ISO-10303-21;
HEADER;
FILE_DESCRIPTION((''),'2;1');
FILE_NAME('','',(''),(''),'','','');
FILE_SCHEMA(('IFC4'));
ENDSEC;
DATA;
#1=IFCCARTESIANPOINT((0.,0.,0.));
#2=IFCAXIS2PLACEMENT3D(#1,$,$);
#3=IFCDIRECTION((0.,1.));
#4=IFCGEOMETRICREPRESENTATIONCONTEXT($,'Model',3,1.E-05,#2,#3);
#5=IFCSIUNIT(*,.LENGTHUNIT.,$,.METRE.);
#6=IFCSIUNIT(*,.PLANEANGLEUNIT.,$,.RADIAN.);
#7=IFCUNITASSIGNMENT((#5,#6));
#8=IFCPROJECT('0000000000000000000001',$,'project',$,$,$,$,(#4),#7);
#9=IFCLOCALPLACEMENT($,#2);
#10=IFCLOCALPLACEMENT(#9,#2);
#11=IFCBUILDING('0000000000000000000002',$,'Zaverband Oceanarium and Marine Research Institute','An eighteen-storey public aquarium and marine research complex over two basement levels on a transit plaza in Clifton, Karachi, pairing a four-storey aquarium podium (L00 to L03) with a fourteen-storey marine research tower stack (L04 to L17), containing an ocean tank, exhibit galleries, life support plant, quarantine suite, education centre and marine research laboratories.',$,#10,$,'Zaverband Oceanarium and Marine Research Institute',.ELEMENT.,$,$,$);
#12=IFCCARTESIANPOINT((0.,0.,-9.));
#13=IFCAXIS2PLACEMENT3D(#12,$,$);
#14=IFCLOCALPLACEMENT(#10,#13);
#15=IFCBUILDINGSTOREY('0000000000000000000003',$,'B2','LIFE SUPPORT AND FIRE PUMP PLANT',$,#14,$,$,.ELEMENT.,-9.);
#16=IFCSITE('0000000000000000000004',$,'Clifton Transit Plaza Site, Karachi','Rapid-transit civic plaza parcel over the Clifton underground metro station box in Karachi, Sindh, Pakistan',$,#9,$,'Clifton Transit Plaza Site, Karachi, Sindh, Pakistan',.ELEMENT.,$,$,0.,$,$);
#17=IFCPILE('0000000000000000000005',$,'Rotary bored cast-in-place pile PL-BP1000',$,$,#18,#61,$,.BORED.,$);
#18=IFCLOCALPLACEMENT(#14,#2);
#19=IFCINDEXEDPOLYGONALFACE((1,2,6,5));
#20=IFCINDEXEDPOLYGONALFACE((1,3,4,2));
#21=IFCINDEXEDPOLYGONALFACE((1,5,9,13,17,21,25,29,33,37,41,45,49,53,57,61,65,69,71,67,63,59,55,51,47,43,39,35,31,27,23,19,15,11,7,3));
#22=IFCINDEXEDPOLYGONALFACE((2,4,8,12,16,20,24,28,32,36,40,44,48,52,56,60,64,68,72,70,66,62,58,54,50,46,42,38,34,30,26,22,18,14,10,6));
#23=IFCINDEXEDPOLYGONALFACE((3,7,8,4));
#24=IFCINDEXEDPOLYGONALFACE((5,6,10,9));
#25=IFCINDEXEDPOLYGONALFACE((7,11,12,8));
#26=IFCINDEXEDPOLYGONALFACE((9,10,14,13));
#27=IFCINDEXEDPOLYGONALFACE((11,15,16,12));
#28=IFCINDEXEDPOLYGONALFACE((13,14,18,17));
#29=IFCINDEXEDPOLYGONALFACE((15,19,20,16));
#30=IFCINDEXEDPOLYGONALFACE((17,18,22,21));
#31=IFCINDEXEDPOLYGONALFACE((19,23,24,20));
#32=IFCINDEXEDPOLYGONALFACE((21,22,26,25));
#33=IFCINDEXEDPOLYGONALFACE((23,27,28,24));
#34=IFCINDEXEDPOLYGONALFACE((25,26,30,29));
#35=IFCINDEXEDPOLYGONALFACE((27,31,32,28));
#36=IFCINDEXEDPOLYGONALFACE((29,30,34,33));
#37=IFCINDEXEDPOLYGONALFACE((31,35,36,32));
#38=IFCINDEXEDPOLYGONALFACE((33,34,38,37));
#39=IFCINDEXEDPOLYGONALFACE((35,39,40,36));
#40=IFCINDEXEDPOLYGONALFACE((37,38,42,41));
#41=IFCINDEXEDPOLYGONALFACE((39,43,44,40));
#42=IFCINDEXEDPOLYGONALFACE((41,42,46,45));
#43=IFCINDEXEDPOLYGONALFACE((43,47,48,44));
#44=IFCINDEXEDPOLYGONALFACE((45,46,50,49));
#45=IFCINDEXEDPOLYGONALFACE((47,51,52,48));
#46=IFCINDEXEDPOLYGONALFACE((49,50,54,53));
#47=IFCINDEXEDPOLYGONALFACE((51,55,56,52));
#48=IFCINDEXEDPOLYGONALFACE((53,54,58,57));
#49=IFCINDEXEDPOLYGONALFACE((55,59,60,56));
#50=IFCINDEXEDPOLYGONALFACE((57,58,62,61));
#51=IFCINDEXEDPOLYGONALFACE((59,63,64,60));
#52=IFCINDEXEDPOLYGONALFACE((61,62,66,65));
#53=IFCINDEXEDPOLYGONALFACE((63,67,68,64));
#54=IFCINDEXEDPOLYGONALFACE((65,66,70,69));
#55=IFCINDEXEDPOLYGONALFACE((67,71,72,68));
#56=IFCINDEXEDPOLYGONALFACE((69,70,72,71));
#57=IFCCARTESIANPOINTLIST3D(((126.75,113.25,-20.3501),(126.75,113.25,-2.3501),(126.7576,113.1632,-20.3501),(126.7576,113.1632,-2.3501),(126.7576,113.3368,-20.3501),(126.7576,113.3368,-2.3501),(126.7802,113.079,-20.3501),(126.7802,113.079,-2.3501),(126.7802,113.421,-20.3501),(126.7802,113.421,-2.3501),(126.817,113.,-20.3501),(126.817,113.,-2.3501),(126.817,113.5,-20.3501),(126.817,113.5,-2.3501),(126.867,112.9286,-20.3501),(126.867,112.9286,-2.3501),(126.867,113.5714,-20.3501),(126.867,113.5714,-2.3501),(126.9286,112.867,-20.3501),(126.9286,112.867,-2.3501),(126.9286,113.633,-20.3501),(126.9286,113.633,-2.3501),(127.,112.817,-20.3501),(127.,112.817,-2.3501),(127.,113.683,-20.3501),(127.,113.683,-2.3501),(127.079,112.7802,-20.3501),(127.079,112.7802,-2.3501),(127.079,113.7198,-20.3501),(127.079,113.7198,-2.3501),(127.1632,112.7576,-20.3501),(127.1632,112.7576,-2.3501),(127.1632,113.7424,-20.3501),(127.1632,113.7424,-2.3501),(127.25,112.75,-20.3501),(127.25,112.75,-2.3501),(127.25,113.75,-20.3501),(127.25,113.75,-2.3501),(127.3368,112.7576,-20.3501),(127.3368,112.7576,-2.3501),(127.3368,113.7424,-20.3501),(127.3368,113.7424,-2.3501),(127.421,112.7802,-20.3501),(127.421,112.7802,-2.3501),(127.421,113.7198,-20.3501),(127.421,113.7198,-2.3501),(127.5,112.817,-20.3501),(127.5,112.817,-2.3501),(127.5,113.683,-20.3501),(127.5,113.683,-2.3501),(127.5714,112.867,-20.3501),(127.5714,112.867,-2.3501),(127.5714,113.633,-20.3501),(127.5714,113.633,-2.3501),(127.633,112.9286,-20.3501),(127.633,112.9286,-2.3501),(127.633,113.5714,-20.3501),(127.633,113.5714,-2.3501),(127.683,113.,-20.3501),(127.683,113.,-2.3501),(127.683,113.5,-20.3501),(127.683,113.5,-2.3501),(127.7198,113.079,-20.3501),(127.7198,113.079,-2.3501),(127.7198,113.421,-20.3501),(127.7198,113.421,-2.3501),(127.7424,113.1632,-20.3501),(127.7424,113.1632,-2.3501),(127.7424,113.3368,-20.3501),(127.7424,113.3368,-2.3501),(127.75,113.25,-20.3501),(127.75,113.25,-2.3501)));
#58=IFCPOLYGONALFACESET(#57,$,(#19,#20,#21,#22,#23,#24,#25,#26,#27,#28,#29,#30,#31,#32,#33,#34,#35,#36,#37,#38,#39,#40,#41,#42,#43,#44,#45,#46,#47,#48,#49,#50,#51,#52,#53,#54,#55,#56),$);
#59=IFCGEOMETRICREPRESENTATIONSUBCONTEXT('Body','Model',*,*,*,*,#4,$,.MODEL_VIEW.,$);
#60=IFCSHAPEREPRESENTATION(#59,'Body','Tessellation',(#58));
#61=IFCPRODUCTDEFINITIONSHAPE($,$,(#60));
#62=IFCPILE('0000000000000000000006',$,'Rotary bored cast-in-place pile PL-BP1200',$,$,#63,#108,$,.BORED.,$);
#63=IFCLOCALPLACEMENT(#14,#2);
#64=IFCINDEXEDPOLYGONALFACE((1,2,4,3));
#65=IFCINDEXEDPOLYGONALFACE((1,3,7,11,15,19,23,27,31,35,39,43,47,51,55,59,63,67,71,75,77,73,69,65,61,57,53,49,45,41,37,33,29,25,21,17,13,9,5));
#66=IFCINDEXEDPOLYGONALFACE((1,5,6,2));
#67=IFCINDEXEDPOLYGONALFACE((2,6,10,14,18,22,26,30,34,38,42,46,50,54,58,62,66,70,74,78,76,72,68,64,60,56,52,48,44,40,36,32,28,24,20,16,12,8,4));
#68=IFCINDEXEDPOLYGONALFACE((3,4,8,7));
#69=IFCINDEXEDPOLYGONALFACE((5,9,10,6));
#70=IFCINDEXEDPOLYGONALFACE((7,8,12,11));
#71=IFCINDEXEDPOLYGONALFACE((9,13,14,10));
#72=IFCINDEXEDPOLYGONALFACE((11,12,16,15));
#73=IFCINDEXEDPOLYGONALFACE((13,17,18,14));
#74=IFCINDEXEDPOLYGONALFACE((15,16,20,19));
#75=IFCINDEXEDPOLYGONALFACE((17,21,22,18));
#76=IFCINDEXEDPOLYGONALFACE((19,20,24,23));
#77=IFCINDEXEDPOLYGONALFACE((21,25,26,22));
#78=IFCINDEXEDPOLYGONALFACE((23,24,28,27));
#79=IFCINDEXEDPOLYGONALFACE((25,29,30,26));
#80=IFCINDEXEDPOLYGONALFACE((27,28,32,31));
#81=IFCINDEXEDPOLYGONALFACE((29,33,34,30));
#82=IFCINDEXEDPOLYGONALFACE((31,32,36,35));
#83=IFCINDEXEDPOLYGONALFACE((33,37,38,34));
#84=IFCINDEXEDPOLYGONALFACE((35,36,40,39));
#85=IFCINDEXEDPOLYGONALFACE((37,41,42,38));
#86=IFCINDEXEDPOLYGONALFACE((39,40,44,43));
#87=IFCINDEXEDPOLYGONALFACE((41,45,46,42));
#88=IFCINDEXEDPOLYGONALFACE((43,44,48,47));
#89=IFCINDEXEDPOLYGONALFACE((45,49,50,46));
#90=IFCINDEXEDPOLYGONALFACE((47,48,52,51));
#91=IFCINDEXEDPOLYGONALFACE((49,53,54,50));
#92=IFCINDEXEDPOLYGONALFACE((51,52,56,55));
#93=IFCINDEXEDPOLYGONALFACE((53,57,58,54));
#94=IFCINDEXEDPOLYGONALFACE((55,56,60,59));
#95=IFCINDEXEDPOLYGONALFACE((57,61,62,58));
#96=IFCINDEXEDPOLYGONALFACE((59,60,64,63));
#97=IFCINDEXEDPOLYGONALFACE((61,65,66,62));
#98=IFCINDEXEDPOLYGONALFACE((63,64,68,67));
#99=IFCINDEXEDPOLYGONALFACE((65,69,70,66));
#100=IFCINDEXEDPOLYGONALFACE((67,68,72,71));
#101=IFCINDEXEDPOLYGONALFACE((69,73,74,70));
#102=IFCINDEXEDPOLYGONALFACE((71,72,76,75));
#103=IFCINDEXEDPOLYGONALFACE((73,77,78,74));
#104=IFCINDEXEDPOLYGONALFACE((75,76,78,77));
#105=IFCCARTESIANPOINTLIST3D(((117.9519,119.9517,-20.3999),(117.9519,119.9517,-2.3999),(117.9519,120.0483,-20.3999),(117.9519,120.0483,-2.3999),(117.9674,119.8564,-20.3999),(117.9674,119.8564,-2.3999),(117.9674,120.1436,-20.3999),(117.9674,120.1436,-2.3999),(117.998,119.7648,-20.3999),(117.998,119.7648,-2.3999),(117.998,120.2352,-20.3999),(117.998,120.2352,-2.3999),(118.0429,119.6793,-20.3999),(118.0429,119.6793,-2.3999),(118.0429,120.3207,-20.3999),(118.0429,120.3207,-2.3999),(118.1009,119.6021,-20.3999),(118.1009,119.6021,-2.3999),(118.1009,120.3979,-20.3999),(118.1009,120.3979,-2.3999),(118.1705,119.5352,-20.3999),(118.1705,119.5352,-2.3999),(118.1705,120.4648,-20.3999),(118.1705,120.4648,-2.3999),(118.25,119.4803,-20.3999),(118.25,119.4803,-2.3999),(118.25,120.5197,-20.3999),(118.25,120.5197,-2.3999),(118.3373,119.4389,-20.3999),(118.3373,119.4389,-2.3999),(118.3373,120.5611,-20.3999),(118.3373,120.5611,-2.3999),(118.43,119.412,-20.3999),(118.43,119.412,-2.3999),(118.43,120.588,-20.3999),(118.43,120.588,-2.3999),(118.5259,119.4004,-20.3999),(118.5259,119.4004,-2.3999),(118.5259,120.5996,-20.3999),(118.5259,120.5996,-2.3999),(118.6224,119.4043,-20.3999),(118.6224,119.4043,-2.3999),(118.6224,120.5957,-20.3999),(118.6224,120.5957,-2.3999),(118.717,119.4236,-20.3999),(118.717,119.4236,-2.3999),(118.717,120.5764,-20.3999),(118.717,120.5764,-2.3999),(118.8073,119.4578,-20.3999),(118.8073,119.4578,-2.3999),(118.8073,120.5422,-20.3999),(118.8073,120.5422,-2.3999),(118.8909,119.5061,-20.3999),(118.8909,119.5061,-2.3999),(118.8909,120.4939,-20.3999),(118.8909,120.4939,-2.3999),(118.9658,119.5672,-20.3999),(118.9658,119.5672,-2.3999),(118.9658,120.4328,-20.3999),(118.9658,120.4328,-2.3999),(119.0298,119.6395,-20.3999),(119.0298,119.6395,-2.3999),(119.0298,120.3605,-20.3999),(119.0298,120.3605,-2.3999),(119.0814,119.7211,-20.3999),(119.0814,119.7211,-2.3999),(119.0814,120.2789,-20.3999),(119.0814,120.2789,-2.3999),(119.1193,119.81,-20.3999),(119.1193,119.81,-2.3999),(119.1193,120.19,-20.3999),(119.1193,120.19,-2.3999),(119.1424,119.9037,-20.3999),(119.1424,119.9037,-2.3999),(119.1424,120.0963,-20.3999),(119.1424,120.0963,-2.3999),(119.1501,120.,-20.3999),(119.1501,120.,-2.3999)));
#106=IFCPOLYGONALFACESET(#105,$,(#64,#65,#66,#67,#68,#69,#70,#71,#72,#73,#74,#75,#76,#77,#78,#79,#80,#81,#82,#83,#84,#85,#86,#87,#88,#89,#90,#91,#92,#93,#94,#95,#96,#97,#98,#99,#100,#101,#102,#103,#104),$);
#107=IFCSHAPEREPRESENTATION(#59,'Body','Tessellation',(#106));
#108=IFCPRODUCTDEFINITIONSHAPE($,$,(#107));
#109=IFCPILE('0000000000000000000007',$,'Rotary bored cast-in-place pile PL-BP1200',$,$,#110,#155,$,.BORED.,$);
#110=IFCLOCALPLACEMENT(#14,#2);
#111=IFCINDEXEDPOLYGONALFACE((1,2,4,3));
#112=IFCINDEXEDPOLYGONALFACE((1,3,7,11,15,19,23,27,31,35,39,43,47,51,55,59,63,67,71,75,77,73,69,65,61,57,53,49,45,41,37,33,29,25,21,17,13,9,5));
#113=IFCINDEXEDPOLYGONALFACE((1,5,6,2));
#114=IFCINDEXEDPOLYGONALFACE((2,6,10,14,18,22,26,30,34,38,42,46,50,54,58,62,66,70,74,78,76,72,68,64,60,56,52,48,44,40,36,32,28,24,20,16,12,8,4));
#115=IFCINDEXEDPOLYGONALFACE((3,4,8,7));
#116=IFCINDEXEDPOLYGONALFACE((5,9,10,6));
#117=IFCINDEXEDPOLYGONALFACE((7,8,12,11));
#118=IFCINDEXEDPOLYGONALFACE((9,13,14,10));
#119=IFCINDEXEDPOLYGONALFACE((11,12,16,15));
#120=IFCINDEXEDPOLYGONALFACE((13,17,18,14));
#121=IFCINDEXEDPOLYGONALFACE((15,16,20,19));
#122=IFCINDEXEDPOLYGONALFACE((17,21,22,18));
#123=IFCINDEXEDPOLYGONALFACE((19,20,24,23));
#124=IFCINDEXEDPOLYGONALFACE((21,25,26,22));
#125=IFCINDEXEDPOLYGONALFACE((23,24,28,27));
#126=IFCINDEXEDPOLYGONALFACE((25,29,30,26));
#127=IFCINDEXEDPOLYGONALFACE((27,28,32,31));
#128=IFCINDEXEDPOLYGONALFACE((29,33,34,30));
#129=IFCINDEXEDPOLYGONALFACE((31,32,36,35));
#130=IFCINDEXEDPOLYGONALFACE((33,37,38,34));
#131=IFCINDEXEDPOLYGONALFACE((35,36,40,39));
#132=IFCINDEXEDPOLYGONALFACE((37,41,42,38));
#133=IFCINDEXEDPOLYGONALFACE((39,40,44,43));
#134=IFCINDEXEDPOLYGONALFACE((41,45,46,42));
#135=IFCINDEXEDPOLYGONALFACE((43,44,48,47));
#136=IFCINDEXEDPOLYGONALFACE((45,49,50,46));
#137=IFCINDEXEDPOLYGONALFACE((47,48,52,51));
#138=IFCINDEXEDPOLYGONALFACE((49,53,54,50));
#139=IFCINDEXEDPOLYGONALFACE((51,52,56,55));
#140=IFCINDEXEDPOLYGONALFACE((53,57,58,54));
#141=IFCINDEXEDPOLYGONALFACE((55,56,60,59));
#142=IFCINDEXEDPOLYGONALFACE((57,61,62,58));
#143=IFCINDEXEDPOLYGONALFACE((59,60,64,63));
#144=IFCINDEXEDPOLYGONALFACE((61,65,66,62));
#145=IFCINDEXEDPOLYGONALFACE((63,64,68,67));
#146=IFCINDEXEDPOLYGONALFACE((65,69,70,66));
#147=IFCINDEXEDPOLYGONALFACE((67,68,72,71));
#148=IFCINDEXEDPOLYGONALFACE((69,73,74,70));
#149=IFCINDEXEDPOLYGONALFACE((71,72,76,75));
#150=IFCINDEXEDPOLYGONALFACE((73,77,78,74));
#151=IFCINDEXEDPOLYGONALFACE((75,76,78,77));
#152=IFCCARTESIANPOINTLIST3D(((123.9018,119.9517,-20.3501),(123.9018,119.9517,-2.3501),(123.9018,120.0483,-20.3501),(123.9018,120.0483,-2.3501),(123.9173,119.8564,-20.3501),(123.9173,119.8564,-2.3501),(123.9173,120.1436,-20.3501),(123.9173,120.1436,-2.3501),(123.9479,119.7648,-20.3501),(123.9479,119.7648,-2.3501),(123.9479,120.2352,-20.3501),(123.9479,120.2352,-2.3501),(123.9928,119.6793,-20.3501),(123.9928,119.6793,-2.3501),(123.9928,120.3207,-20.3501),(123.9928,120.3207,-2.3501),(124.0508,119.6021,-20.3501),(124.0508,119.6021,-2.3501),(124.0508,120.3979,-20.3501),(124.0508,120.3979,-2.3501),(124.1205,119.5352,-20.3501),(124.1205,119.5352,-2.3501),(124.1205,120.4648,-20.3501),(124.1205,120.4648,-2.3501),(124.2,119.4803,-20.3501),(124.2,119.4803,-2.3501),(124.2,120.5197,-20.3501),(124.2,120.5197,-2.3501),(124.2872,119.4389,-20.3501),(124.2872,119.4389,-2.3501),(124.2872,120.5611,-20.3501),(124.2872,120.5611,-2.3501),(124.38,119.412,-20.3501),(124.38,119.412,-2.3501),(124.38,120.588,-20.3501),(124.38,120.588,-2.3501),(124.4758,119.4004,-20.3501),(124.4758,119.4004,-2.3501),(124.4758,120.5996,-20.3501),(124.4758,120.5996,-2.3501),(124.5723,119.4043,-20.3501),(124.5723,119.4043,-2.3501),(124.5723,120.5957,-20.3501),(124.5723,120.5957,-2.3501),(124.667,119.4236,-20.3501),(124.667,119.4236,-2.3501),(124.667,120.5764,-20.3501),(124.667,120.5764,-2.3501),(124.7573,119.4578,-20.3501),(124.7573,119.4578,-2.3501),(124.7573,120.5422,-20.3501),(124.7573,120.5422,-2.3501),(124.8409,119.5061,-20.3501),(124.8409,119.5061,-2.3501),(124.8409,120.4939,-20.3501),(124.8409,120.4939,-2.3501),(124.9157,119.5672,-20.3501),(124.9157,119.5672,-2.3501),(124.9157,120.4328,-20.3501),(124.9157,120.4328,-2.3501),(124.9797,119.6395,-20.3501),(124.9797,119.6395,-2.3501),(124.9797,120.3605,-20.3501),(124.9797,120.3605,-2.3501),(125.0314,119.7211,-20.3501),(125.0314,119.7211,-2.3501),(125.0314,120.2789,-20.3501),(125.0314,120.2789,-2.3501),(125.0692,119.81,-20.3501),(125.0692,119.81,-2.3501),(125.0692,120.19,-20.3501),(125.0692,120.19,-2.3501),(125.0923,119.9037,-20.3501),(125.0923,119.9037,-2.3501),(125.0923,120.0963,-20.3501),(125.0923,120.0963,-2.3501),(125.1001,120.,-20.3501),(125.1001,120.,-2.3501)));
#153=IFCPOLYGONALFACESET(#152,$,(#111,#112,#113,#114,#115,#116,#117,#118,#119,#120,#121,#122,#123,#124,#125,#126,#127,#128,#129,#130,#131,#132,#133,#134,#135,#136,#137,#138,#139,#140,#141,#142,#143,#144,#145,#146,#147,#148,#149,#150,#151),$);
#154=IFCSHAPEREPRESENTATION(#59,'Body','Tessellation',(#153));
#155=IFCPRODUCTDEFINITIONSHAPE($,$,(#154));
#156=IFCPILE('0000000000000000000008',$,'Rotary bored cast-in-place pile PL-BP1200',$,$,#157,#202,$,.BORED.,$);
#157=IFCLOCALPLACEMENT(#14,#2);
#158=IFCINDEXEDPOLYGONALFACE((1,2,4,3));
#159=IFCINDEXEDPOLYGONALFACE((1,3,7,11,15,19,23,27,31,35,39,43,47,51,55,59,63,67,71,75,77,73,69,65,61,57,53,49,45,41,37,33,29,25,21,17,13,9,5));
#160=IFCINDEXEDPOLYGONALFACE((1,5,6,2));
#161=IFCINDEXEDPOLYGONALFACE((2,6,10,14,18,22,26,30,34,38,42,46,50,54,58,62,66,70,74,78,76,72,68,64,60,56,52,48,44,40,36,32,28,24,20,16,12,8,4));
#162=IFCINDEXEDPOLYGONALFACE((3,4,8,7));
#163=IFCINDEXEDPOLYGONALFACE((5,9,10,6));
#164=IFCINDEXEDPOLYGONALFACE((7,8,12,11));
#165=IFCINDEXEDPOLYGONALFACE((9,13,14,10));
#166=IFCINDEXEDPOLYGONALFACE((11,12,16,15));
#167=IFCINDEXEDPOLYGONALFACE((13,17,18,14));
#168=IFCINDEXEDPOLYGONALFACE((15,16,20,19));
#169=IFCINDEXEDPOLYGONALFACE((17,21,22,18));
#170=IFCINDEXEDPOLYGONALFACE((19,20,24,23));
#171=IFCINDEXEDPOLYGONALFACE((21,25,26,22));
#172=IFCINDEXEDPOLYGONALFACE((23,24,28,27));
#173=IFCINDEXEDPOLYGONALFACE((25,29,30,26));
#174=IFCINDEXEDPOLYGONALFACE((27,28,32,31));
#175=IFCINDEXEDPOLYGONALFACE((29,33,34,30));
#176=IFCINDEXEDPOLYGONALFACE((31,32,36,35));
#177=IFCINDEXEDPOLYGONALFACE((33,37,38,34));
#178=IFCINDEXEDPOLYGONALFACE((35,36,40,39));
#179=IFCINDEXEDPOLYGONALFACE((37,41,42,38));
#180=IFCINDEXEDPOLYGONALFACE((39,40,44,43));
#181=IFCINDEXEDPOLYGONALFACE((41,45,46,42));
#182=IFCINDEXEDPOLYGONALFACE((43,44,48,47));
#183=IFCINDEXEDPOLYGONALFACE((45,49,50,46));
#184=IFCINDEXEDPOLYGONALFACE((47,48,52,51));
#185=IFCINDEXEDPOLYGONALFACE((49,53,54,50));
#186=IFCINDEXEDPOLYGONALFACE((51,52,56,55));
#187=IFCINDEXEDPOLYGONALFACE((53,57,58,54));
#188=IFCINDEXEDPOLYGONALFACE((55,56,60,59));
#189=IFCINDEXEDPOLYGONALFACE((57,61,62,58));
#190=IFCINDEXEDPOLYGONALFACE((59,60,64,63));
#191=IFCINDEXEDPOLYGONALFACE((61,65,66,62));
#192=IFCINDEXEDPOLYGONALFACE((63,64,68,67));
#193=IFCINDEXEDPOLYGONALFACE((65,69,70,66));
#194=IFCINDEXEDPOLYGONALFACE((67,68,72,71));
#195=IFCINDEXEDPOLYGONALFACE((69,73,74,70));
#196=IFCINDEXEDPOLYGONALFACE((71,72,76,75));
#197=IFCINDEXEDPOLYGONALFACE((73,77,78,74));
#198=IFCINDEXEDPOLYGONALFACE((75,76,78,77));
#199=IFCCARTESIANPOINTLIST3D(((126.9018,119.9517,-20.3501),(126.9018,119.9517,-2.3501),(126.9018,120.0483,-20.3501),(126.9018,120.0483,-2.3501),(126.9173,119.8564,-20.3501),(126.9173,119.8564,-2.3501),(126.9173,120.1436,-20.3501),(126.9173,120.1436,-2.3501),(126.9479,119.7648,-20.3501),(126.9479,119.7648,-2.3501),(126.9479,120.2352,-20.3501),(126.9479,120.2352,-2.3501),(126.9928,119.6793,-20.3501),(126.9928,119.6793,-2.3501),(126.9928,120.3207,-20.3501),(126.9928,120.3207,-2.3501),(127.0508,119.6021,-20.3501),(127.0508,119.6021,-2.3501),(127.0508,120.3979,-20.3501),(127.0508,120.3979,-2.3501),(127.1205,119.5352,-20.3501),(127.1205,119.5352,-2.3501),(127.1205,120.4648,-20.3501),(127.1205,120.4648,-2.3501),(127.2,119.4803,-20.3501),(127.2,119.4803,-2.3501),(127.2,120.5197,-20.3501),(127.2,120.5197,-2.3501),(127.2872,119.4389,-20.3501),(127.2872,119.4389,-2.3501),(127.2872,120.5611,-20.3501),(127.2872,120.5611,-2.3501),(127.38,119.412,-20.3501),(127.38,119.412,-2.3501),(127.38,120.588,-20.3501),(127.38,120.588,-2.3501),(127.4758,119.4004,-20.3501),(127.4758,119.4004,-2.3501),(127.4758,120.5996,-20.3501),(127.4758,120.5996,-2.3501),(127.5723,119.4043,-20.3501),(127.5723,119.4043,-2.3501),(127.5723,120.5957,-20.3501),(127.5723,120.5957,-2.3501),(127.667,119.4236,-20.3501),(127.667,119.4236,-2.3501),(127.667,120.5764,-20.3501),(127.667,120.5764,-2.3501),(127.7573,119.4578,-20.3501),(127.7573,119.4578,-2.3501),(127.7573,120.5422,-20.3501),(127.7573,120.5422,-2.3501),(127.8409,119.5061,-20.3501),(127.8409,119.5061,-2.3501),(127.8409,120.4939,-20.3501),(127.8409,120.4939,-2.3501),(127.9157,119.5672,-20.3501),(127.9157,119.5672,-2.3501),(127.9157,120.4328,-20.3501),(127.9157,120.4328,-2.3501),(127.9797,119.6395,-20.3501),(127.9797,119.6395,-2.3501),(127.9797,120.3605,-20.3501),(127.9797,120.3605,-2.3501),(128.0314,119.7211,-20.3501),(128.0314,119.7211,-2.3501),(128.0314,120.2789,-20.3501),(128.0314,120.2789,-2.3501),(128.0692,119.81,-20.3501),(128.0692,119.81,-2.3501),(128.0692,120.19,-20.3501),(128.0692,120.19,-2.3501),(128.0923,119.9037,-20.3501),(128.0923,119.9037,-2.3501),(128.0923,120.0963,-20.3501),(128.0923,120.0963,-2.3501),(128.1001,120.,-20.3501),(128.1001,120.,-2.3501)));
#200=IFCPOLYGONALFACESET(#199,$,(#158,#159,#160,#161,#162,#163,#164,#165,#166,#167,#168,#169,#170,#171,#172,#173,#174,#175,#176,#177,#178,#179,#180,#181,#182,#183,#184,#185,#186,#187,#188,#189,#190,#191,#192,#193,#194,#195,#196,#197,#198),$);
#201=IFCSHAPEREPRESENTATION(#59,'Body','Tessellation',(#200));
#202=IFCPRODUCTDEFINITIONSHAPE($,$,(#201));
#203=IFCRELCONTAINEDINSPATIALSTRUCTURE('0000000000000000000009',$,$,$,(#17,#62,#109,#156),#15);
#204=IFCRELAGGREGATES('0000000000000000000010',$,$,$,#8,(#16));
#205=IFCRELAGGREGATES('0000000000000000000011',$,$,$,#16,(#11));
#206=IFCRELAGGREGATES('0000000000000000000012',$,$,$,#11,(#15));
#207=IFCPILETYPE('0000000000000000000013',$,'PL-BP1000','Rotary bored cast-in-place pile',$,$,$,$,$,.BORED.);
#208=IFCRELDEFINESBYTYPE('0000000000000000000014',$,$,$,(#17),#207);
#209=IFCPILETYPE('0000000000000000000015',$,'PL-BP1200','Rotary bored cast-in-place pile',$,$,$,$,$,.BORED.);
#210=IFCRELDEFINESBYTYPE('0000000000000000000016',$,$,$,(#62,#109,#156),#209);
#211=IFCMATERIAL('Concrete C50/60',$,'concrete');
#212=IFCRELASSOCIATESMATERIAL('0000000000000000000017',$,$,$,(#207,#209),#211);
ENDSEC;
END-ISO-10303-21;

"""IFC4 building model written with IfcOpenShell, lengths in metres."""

from ifc_helpers import new_model, si_unit, direction, frame, origin, origin_2d, place, context, subcontext, project, spatial, circle, extrude, material, material_profile, profile_set, type_object, element, save


model = new_model("IFC4")

# Units and contexts
model_context = context("Model", 3, precision=1e-05, world=origin(), true_north=direction((0.0, 1.0)))
body_context = subcontext(model_context, "Body", "Model", "MODEL_VIEW")
ifc_project = project(units=[si_unit("LENGTHUNIT", "METRE"), si_unit("PLANEANGLEUNIT", "RADIAN")], contexts=[model_context])

# Site, building, storey
site_placement = place(None, origin())
site = spatial("IfcSite", under=ifc_project, at=site_placement, Name="Clifton Transit Plaza Site, Karachi", Description="Rapid-transit civic plaza parcel over the Clifton underground metro station box in Karachi, Sindh, Pakistan", LongName="Clifton Transit Plaza Site, Karachi, Sindh, Pakistan", CompositionType="ELEMENT", RefElevation=0.0)
building_placement = place(site_placement, origin())
building = spatial("IfcBuilding", under=site, at=building_placement, Name="Zaverband Oceanarium and Marine Research Institute", Description="An eighteen-storey public aquarium and marine research complex over two basement levels on a transit plaza in Clifton, Karachi, pairing a four-storey aquarium podium (L00 to L03) with a fourteen-storey marine research tower stack (L04 to L17), containing an ocean tank, exhibit galleries, life support plant, quarantine suite, education centre and marine research laboratories.", LongName="Zaverband Oceanarium and Marine Research Institute", CompositionType="ELEMENT")
storey_placement = place(building_placement, frame((0.0, 0.0, -9.0)))
storey = spatial("IfcBuildingStorey", under=building, at=storey_placement, Name="B2", Description="LIFE SUPPORT AND FIRE PUMP PLANT", CompositionType="ELEMENT", Elevation=-9.0)

# Shared definitions
ifc_material_1 = material(Name="Concrete C50/60", Category="concrete")

# Piles
ifc_material_profile_1 = material_profile(ifc_material_1, circle(Radius=0.5, at=origin_2d()), Name="BP1000")
ifc_profile_set_1 = profile_set([ifc_material_profile_1], Name="Concrete C50/60")
pile_type_1 = type_object("IfcPileType", Name="PL-BP1000", Description="Rotary bored cast-in-place pile", PredefinedType="BORED", material=ifc_profile_set_1)
for number, where, z_axis, x_axis, name in (
    (1, (127.25, 113.25, -2.3501), (0.0, 0.0, -1.0), (1.0, 0.0, 0.0), "Rotary bored cast-in-place pile PL-BP1000"),
):
    element("IfcPile", number, at=place(storey_placement, frame(where, z_axis=z_axis, x_axis=x_axis)), inside=storey, type_object=pile_type_1, Name=name, PredefinedType="BORED", context=body_context, shape_type="SweptSolid", body=[
        extrude(circle(Radius=0.5, at=origin_2d()), origin(), (0.0, 0.0, 1.0), 18.0),
    ])
ifc_material_profile_2 = material_profile(ifc_material_1, circle(Radius=0.6001, at=origin_2d()), Name="BP1200")
ifc_profile_set_2 = profile_set([ifc_material_profile_2], Name="Concrete C50/60")
pile_type_2 = type_object("IfcPileType", Name="PL-BP1200", Description="Rotary bored cast-in-place pile", PredefinedType="BORED", material=ifc_profile_set_2)
for number, where, z_axis, x_axis, name in (
    (2, (118.55, 120.0, -2.3999), (0.0, 0.0, -1.0), (1.0, 0.0, 0.0), "Rotary bored cast-in-place pile PL-BP1200"),
    (3, (124.5, 120.0, -2.3501), (0.0, 0.0, -1.0), (1.0, 0.0, 0.0), "Rotary bored cast-in-place pile PL-BP1200"),
    (4, (127.5, 120.0, -2.3501), (0.0, 0.0, -1.0), (1.0, 0.0, 0.0), "Rotary bored cast-in-place pile PL-BP1200"),
):
    element("IfcPile", number, at=place(storey_placement, frame(where, z_axis=z_axis, x_axis=x_axis)), inside=storey, type_object=pile_type_2, Name=name, PredefinedType="BORED", context=body_context, shape_type="SweptSolid", body=[
        extrude(circle(Radius=0.6001, at=origin_2d()), origin(), (0.0, 0.0, 1.0), 18.0),
    ])

save(model, "model.ifc")
